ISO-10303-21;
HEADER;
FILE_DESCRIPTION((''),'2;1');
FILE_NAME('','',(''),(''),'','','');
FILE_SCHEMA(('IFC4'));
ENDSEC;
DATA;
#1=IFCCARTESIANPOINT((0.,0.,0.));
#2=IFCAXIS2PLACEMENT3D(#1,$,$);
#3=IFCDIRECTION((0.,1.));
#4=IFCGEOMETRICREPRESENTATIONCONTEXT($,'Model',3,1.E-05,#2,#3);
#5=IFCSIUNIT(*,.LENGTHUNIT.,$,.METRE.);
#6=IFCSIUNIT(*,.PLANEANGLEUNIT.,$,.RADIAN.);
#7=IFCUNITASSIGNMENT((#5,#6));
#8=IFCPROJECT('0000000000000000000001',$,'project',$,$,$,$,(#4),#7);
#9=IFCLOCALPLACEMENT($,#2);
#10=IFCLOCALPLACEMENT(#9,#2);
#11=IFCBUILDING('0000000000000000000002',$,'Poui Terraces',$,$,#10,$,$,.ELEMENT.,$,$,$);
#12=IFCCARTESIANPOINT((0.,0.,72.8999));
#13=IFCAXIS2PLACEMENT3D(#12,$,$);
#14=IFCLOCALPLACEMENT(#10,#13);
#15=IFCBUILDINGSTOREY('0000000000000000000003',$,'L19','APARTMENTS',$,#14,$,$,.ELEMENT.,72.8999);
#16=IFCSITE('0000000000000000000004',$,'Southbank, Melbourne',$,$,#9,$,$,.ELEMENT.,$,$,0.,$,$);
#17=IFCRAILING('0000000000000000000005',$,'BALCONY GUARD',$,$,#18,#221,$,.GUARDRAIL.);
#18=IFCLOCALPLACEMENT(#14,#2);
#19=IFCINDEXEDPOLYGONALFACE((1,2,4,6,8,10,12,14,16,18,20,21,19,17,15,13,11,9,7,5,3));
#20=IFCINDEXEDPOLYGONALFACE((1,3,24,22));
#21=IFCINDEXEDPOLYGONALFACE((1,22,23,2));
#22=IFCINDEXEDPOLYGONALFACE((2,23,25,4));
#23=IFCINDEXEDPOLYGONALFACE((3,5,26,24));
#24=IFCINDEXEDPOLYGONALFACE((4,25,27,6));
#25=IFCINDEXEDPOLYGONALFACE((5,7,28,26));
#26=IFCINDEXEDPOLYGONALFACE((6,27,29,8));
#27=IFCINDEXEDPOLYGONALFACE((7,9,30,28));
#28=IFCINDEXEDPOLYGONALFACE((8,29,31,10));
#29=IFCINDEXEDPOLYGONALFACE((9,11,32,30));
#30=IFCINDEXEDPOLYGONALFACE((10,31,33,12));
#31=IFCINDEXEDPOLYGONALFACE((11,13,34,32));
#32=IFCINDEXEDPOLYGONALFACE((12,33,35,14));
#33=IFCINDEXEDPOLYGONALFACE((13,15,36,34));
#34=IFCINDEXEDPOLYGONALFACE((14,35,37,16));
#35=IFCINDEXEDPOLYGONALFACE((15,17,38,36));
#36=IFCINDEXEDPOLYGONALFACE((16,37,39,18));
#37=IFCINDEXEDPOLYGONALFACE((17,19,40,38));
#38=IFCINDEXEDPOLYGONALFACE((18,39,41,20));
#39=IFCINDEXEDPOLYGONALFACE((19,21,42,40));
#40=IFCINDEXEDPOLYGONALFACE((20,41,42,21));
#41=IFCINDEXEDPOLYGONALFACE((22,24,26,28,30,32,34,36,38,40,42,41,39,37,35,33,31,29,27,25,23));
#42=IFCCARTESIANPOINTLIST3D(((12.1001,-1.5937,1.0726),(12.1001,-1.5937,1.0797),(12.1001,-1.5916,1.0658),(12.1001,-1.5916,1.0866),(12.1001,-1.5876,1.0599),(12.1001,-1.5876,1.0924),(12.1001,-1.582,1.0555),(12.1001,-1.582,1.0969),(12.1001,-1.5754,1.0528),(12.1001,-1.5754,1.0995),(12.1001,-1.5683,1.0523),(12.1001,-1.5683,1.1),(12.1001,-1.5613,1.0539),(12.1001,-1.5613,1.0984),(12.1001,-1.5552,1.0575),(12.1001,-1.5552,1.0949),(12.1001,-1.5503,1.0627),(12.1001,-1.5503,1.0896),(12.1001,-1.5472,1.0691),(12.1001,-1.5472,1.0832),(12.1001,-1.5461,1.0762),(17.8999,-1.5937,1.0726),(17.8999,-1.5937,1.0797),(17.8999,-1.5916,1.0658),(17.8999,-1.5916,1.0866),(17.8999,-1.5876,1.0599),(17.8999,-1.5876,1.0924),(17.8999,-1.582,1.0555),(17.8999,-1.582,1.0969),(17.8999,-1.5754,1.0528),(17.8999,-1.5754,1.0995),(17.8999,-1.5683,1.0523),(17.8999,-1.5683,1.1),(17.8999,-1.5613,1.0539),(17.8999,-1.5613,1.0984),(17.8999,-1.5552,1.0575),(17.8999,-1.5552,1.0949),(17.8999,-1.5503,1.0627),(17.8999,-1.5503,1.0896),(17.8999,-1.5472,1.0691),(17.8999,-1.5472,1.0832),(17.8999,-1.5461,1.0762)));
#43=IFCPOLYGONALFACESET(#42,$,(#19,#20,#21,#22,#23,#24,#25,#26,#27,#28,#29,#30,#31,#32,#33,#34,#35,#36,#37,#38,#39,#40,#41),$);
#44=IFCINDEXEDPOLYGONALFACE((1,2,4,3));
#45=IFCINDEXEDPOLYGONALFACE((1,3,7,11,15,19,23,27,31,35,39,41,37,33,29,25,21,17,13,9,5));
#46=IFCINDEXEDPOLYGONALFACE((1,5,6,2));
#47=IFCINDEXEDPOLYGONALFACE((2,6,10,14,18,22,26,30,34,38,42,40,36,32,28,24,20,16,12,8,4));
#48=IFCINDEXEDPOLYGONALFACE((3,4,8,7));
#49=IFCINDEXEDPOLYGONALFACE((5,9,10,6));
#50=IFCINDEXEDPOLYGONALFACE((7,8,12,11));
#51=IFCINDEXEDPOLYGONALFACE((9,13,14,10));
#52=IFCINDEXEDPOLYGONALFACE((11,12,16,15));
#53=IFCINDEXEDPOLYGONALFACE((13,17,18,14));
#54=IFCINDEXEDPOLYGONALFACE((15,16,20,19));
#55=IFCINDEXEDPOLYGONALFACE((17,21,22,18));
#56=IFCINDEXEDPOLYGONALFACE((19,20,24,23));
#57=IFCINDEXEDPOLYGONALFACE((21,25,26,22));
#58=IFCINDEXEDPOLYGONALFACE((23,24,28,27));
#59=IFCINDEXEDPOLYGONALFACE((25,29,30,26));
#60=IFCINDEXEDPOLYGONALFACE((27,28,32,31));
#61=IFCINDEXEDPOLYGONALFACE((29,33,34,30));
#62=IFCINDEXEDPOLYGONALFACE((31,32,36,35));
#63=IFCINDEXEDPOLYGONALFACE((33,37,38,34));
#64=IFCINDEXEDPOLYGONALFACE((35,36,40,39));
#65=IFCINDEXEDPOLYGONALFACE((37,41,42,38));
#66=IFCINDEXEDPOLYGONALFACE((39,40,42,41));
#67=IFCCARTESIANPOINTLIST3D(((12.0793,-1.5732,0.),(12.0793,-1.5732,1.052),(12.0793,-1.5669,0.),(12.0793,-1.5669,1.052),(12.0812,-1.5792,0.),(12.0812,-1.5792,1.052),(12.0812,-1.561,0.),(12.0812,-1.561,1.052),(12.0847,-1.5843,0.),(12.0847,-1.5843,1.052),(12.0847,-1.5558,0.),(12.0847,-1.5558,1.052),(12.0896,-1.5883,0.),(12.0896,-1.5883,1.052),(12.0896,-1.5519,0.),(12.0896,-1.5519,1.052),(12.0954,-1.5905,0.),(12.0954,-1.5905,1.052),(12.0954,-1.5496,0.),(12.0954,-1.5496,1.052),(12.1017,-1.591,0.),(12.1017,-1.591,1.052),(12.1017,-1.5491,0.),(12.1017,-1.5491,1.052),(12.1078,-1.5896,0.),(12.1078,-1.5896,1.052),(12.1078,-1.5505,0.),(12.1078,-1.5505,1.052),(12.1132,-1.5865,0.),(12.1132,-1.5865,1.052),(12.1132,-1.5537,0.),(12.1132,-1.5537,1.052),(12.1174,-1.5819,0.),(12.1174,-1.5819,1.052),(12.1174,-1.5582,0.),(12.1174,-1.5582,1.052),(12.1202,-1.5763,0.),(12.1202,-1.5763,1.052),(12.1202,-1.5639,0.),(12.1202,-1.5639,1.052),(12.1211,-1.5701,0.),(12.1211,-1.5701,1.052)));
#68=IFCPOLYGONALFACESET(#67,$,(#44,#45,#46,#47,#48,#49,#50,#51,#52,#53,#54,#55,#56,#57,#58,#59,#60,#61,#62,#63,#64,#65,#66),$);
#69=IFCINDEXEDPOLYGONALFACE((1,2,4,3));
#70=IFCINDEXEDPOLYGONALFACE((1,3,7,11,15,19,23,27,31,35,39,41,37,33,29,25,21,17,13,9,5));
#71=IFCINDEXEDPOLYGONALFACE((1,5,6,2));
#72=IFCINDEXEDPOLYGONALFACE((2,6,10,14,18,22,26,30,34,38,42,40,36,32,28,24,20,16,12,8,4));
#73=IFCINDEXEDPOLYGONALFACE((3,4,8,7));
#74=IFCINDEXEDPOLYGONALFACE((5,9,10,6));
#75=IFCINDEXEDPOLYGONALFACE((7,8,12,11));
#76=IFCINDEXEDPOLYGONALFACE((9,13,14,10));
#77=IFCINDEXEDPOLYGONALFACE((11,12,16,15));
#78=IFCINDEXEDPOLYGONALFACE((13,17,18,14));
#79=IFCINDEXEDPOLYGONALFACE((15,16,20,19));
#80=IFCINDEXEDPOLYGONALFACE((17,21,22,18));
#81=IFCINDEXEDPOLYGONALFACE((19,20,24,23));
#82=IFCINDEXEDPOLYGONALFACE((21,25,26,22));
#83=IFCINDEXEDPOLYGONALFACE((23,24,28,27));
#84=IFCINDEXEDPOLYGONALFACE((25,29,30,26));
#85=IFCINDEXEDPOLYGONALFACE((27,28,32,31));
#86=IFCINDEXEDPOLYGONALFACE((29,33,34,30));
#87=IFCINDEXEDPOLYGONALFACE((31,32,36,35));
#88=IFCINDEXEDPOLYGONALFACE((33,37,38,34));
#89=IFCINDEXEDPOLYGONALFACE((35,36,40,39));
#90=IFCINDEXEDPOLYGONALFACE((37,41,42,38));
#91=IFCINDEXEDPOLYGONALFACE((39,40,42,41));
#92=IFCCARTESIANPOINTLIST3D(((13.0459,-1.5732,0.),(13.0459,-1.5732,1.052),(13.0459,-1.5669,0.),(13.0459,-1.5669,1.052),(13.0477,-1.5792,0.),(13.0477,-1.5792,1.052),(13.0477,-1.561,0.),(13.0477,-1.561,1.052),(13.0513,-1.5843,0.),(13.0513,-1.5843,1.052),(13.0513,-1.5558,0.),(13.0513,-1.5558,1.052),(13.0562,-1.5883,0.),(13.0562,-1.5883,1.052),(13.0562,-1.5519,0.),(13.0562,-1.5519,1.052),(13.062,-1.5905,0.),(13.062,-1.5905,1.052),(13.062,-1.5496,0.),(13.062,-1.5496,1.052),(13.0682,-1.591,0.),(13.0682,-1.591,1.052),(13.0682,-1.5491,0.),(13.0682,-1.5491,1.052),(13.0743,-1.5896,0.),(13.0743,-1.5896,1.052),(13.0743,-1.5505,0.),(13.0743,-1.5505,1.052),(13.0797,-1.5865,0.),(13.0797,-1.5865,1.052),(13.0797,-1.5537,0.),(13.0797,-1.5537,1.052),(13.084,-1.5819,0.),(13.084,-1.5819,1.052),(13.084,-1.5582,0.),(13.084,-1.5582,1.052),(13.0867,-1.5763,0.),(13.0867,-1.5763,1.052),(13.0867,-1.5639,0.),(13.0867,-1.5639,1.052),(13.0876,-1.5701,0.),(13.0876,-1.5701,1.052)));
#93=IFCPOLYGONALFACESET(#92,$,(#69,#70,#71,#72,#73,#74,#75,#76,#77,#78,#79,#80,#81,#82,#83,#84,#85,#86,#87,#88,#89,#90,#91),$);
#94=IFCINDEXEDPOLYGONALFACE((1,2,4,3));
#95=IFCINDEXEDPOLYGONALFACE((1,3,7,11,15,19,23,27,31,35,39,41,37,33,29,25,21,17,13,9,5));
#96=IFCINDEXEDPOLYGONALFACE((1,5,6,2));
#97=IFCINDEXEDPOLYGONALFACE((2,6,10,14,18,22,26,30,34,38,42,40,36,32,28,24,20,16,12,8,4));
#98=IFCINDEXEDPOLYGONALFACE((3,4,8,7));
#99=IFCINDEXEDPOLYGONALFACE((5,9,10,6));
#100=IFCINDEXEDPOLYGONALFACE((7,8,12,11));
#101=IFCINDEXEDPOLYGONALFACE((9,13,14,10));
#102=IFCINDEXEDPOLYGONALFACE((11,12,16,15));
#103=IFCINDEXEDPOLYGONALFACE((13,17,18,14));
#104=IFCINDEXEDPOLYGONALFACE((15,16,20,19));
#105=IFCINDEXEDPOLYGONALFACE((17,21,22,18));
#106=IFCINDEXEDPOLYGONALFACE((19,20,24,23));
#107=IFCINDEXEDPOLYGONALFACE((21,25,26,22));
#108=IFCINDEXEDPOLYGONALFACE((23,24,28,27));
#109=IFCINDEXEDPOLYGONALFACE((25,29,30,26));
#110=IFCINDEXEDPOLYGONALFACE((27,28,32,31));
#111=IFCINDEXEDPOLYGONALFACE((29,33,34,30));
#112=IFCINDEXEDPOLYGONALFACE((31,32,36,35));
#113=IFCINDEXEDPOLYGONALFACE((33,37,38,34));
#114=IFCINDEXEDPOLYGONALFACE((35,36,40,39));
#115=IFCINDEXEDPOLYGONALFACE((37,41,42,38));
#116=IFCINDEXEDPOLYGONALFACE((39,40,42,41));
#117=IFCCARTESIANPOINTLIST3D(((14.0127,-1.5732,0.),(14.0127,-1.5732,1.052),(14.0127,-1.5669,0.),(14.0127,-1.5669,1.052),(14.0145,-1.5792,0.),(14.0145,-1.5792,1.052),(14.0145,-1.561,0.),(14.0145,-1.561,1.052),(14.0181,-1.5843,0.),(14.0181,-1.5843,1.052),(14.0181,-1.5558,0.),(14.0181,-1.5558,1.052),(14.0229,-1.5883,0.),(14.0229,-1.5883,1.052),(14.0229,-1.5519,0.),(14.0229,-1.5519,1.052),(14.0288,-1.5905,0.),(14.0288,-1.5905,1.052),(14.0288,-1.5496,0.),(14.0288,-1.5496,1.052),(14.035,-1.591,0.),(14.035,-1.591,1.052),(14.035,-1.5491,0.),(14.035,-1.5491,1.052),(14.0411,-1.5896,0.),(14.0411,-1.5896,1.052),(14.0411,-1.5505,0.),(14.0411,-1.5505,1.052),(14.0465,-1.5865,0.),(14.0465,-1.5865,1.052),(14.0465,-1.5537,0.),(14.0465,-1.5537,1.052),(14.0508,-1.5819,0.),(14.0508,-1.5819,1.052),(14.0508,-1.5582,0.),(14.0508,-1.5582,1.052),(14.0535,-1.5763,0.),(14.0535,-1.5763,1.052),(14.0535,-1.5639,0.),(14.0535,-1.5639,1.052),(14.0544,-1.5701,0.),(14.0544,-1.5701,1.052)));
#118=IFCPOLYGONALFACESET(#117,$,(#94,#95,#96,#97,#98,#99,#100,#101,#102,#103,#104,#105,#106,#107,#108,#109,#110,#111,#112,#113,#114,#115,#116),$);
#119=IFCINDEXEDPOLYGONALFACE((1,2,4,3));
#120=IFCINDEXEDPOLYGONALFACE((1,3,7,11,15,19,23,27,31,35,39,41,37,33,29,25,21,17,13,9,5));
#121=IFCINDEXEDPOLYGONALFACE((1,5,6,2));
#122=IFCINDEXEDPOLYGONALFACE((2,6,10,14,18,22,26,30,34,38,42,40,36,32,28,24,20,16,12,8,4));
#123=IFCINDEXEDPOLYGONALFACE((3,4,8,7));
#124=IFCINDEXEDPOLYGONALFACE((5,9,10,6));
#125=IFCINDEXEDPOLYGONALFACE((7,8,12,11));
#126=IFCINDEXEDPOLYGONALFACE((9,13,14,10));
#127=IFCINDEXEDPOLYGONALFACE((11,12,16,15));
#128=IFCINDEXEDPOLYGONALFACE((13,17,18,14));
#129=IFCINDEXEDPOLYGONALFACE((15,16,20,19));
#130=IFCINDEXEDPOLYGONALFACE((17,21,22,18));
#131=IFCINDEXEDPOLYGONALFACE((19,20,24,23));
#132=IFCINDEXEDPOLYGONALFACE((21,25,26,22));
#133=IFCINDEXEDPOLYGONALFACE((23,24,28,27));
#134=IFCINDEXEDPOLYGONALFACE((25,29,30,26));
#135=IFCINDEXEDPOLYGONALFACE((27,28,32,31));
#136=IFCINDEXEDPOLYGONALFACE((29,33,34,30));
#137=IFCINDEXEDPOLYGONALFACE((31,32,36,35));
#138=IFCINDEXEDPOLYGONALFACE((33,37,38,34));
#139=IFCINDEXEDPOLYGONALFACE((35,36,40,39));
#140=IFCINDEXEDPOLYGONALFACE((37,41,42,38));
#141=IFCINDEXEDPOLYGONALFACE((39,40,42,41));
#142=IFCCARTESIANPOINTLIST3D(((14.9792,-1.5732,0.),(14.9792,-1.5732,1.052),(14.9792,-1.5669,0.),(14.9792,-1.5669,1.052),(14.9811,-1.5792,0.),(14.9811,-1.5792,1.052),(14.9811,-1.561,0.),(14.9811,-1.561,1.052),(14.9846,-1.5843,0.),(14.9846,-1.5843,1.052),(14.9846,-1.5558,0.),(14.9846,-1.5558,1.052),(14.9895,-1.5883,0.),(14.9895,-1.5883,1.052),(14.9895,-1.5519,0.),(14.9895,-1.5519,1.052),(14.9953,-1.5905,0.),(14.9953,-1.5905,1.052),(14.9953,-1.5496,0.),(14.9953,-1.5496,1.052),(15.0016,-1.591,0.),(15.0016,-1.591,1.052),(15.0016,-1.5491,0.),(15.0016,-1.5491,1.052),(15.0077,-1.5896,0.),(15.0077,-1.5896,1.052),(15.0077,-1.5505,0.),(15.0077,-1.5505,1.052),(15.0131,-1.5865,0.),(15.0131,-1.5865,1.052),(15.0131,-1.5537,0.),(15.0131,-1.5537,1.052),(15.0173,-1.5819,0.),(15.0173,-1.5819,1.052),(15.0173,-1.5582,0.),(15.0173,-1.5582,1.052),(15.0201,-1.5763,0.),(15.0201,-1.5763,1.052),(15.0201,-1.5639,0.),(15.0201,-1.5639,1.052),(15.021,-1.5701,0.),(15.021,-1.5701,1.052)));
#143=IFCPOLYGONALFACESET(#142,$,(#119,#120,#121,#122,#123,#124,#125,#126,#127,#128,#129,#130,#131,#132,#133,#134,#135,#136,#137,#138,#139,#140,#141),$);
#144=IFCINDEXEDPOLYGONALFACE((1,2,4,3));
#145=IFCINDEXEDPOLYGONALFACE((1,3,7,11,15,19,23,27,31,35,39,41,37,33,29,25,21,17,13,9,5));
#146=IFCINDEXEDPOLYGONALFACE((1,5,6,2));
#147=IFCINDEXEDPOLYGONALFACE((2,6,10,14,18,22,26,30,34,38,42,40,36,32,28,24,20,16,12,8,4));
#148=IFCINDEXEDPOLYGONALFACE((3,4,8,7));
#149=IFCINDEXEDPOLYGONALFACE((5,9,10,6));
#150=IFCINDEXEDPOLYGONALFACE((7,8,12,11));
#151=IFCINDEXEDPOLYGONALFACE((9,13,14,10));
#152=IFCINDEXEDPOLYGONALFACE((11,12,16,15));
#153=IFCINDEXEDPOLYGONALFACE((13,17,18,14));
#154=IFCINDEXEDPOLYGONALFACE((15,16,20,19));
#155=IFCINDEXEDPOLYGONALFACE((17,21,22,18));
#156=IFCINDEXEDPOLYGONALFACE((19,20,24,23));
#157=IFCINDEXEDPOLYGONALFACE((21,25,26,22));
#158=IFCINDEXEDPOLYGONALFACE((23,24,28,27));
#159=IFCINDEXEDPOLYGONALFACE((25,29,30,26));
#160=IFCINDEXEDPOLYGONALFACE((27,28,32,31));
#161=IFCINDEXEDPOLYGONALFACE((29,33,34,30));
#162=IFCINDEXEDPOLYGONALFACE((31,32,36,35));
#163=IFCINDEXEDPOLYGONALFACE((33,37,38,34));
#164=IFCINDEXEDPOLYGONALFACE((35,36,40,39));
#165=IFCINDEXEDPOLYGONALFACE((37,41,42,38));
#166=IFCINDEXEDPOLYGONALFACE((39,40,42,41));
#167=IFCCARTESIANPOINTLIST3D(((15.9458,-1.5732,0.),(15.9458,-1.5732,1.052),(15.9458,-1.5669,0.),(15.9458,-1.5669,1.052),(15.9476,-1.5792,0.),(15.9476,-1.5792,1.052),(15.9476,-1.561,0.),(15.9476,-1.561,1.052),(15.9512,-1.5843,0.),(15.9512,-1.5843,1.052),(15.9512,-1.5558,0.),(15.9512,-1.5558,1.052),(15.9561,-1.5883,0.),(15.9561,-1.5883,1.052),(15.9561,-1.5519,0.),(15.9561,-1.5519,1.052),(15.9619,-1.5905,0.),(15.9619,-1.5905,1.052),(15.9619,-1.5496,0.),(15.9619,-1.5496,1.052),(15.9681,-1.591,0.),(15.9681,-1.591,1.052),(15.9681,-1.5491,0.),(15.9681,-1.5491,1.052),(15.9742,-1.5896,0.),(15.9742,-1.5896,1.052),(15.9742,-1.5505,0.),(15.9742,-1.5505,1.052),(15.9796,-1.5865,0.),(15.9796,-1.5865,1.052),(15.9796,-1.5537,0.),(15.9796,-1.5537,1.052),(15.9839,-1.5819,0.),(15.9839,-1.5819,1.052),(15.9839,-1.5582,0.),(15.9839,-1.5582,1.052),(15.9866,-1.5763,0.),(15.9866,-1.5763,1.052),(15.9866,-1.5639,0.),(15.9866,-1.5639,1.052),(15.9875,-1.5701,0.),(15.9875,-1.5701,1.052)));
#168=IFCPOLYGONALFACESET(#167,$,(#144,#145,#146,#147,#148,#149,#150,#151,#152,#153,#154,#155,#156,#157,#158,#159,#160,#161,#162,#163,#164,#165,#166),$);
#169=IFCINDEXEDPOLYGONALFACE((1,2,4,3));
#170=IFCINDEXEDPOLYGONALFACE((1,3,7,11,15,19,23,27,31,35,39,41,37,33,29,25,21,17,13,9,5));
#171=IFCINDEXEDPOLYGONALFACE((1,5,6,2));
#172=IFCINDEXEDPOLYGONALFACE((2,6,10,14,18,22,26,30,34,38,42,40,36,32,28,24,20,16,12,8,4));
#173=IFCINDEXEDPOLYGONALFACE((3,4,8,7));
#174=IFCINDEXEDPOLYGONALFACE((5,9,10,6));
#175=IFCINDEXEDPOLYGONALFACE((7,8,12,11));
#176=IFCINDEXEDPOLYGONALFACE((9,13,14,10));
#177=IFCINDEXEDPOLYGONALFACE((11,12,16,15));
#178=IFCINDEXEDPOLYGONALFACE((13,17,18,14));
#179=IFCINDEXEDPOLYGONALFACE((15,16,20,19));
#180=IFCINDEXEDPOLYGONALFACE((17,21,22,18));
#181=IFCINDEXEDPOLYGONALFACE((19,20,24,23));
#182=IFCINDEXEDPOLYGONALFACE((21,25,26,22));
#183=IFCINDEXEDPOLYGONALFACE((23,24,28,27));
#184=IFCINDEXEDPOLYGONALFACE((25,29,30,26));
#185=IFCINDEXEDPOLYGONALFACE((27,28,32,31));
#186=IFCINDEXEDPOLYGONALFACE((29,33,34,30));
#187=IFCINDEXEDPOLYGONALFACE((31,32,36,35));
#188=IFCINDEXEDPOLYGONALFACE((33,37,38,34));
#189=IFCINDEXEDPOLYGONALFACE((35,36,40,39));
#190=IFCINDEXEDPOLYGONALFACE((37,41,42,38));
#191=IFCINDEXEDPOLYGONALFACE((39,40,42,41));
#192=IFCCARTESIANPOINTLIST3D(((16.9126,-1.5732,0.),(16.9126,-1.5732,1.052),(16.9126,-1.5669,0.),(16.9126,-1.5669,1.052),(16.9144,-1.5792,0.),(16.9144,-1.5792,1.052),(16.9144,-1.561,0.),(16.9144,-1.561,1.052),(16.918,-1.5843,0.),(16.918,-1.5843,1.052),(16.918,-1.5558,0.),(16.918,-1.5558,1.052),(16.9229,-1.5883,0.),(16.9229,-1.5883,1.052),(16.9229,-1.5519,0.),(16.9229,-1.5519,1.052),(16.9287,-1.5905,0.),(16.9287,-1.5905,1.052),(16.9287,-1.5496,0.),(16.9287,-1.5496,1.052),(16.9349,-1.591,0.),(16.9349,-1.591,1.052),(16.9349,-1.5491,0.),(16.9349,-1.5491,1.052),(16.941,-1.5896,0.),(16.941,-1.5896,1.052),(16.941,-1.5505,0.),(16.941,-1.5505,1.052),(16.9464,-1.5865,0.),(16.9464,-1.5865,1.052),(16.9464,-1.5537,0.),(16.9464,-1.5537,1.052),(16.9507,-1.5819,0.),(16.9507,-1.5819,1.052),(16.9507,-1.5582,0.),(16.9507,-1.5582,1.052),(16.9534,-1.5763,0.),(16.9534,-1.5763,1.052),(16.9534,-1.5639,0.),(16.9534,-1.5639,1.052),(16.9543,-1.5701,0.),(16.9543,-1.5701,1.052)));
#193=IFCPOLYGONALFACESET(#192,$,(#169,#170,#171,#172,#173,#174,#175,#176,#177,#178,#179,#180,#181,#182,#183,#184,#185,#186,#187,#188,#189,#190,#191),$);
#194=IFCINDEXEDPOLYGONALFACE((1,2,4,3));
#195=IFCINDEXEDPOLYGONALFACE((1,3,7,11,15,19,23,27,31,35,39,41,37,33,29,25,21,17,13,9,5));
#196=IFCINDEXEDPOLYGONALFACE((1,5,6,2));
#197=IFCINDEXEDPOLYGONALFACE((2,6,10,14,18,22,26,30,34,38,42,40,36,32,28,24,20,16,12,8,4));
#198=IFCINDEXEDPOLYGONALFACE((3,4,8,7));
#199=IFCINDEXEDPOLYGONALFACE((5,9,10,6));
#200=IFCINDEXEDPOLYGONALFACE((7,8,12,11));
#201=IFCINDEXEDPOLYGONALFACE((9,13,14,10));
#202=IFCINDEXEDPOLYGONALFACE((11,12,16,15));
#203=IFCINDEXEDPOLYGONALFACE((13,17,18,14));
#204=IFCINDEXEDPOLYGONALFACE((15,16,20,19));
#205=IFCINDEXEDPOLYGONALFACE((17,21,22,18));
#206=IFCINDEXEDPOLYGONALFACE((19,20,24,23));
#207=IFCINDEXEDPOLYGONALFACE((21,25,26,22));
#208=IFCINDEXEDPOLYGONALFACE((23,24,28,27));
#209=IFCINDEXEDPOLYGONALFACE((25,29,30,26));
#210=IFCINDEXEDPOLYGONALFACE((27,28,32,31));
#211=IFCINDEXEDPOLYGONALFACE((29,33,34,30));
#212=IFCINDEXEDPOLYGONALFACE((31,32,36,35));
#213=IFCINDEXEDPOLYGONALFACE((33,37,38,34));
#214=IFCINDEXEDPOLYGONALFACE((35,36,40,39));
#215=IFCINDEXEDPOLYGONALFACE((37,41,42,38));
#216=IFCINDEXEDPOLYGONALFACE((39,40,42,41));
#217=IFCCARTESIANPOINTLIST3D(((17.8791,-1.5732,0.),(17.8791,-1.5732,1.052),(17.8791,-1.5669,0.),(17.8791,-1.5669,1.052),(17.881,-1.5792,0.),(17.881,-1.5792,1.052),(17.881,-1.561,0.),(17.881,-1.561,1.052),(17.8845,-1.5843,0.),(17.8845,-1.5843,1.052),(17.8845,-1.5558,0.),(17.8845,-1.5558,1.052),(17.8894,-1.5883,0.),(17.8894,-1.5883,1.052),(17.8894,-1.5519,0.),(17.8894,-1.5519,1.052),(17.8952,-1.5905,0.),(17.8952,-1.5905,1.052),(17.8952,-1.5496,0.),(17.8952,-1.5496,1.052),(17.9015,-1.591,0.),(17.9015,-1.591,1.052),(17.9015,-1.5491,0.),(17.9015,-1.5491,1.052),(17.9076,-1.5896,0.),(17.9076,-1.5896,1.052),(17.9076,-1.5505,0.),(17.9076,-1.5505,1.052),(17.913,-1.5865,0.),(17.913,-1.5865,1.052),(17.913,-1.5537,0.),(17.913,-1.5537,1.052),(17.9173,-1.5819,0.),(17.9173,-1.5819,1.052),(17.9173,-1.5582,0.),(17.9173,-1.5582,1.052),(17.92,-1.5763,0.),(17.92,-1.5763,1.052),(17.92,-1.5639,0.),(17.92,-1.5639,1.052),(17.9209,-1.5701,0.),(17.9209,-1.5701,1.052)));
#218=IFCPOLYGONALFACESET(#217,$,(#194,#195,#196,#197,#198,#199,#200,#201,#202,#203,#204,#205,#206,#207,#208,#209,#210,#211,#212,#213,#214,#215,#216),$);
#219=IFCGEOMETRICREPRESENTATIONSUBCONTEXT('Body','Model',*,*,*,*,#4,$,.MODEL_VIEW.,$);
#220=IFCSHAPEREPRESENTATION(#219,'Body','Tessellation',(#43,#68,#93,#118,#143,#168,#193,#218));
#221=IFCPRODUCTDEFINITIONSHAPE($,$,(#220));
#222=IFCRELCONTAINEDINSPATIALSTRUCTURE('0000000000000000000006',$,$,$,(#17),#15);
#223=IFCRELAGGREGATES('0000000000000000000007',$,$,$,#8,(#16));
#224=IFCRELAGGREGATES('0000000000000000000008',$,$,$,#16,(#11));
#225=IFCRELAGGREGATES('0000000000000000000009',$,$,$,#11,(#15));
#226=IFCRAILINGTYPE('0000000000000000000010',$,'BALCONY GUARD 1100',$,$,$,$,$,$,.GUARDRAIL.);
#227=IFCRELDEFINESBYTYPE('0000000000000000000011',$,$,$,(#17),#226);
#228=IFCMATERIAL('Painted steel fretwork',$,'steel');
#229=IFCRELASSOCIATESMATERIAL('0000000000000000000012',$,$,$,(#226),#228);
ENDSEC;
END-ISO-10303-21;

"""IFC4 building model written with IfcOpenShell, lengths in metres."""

from ifc_helpers import new_model, si_unit, direction, frame, origin, origin_2d, place, context, subcontext, project, spatial, circle, extrude, material, type_object, element, save


model = new_model("IFC4")

# Units and contexts
model_context = context("Model", 3, precision=1e-05, world=origin(), true_north=direction((0.0, 1.0)))
body_context = subcontext(model_context, "Body", "Model", "MODEL_VIEW")
ifc_project = project(units=[si_unit("LENGTHUNIT", "METRE"), si_unit("PLANEANGLEUNIT", "RADIAN")], contexts=[model_context])

# Site, building, storey
site_placement = place(None, origin())
site = spatial("IfcSite", under=ifc_project, at=site_placement, Name="Southbank, Melbourne", CompositionType="ELEMENT", RefElevation=0.0)
building_placement = place(site_placement, origin())
building = spatial("IfcBuilding", under=site, at=building_placement, Name="Poui Terraces", CompositionType="ELEMENT")
storey_placement = place(building_placement, frame((0.0, 0.0, 72.8999)))
storey = spatial("IfcBuildingStorey", under=building, at=storey_placement, Name="L19", Description="APARTMENTS", CompositionType="ELEMENT", Elevation=72.8999)

# Railing
ifc_material_1 = material(Name="Painted steel fretwork", Category="steel")
railing_type = type_object("IfcRailingType", Name="BALCONY GUARD 1100", PredefinedType="GUARDRAIL", material=ifc_material_1)
railing_placement = place(storey_placement, frame((12.1001, -1.5701, 0.0)))
element("IfcRailing", 1, at=railing_placement, inside=storey, type_object=railing_type, Name="BALCONY GUARD", PredefinedType="GUARDRAIL", context=body_context, shape_type="SweptSolid", body=[
    extrude(circle(Radius=0.0239, at=origin_2d()), frame((0.0, 0.0, 1.0762), z_axis=(1.0, 0.0, 0.0), x_axis=(0.0, 1.0, 0.0)), (0.0, 0.0, 1.0), 5.7998),
    extrude(circle(Radius=0.021, at=origin_2d()), origin(), (0.0, 0.0, 1.0), 1.052),
    extrude(circle(Radius=0.021, at=origin_2d()), frame((0.9666, 0.0, 0.0)), (0.0, 0.0, 1.0), 1.052),
    extrude(circle(Radius=0.021, at=origin_2d()), frame((1.9333, 0.0, 0.0)), (0.0, 0.0, 1.0), 1.052),
    extrude(circle(Radius=0.021, at=origin_2d()), frame((2.8999, 0.0, 0.0)), (0.0, 0.0, 1.0), 1.052),
    extrude(circle(Radius=0.021, at=origin_2d()), frame((3.8665, 0.0, 0.0)), (0.0, 0.0, 1.0), 1.052),
    extrude(circle(Radius=0.021, at=origin_2d()), frame((4.8333, 0.0, 0.0)), (0.0, 0.0, 1.0), 1.052),
    extrude(circle(Radius=0.021, at=origin_2d()), frame((5.7998, 0.0, 0.0)), (0.0, 0.0, 1.0), 1.052),
])

save(model, "model.ifc")
